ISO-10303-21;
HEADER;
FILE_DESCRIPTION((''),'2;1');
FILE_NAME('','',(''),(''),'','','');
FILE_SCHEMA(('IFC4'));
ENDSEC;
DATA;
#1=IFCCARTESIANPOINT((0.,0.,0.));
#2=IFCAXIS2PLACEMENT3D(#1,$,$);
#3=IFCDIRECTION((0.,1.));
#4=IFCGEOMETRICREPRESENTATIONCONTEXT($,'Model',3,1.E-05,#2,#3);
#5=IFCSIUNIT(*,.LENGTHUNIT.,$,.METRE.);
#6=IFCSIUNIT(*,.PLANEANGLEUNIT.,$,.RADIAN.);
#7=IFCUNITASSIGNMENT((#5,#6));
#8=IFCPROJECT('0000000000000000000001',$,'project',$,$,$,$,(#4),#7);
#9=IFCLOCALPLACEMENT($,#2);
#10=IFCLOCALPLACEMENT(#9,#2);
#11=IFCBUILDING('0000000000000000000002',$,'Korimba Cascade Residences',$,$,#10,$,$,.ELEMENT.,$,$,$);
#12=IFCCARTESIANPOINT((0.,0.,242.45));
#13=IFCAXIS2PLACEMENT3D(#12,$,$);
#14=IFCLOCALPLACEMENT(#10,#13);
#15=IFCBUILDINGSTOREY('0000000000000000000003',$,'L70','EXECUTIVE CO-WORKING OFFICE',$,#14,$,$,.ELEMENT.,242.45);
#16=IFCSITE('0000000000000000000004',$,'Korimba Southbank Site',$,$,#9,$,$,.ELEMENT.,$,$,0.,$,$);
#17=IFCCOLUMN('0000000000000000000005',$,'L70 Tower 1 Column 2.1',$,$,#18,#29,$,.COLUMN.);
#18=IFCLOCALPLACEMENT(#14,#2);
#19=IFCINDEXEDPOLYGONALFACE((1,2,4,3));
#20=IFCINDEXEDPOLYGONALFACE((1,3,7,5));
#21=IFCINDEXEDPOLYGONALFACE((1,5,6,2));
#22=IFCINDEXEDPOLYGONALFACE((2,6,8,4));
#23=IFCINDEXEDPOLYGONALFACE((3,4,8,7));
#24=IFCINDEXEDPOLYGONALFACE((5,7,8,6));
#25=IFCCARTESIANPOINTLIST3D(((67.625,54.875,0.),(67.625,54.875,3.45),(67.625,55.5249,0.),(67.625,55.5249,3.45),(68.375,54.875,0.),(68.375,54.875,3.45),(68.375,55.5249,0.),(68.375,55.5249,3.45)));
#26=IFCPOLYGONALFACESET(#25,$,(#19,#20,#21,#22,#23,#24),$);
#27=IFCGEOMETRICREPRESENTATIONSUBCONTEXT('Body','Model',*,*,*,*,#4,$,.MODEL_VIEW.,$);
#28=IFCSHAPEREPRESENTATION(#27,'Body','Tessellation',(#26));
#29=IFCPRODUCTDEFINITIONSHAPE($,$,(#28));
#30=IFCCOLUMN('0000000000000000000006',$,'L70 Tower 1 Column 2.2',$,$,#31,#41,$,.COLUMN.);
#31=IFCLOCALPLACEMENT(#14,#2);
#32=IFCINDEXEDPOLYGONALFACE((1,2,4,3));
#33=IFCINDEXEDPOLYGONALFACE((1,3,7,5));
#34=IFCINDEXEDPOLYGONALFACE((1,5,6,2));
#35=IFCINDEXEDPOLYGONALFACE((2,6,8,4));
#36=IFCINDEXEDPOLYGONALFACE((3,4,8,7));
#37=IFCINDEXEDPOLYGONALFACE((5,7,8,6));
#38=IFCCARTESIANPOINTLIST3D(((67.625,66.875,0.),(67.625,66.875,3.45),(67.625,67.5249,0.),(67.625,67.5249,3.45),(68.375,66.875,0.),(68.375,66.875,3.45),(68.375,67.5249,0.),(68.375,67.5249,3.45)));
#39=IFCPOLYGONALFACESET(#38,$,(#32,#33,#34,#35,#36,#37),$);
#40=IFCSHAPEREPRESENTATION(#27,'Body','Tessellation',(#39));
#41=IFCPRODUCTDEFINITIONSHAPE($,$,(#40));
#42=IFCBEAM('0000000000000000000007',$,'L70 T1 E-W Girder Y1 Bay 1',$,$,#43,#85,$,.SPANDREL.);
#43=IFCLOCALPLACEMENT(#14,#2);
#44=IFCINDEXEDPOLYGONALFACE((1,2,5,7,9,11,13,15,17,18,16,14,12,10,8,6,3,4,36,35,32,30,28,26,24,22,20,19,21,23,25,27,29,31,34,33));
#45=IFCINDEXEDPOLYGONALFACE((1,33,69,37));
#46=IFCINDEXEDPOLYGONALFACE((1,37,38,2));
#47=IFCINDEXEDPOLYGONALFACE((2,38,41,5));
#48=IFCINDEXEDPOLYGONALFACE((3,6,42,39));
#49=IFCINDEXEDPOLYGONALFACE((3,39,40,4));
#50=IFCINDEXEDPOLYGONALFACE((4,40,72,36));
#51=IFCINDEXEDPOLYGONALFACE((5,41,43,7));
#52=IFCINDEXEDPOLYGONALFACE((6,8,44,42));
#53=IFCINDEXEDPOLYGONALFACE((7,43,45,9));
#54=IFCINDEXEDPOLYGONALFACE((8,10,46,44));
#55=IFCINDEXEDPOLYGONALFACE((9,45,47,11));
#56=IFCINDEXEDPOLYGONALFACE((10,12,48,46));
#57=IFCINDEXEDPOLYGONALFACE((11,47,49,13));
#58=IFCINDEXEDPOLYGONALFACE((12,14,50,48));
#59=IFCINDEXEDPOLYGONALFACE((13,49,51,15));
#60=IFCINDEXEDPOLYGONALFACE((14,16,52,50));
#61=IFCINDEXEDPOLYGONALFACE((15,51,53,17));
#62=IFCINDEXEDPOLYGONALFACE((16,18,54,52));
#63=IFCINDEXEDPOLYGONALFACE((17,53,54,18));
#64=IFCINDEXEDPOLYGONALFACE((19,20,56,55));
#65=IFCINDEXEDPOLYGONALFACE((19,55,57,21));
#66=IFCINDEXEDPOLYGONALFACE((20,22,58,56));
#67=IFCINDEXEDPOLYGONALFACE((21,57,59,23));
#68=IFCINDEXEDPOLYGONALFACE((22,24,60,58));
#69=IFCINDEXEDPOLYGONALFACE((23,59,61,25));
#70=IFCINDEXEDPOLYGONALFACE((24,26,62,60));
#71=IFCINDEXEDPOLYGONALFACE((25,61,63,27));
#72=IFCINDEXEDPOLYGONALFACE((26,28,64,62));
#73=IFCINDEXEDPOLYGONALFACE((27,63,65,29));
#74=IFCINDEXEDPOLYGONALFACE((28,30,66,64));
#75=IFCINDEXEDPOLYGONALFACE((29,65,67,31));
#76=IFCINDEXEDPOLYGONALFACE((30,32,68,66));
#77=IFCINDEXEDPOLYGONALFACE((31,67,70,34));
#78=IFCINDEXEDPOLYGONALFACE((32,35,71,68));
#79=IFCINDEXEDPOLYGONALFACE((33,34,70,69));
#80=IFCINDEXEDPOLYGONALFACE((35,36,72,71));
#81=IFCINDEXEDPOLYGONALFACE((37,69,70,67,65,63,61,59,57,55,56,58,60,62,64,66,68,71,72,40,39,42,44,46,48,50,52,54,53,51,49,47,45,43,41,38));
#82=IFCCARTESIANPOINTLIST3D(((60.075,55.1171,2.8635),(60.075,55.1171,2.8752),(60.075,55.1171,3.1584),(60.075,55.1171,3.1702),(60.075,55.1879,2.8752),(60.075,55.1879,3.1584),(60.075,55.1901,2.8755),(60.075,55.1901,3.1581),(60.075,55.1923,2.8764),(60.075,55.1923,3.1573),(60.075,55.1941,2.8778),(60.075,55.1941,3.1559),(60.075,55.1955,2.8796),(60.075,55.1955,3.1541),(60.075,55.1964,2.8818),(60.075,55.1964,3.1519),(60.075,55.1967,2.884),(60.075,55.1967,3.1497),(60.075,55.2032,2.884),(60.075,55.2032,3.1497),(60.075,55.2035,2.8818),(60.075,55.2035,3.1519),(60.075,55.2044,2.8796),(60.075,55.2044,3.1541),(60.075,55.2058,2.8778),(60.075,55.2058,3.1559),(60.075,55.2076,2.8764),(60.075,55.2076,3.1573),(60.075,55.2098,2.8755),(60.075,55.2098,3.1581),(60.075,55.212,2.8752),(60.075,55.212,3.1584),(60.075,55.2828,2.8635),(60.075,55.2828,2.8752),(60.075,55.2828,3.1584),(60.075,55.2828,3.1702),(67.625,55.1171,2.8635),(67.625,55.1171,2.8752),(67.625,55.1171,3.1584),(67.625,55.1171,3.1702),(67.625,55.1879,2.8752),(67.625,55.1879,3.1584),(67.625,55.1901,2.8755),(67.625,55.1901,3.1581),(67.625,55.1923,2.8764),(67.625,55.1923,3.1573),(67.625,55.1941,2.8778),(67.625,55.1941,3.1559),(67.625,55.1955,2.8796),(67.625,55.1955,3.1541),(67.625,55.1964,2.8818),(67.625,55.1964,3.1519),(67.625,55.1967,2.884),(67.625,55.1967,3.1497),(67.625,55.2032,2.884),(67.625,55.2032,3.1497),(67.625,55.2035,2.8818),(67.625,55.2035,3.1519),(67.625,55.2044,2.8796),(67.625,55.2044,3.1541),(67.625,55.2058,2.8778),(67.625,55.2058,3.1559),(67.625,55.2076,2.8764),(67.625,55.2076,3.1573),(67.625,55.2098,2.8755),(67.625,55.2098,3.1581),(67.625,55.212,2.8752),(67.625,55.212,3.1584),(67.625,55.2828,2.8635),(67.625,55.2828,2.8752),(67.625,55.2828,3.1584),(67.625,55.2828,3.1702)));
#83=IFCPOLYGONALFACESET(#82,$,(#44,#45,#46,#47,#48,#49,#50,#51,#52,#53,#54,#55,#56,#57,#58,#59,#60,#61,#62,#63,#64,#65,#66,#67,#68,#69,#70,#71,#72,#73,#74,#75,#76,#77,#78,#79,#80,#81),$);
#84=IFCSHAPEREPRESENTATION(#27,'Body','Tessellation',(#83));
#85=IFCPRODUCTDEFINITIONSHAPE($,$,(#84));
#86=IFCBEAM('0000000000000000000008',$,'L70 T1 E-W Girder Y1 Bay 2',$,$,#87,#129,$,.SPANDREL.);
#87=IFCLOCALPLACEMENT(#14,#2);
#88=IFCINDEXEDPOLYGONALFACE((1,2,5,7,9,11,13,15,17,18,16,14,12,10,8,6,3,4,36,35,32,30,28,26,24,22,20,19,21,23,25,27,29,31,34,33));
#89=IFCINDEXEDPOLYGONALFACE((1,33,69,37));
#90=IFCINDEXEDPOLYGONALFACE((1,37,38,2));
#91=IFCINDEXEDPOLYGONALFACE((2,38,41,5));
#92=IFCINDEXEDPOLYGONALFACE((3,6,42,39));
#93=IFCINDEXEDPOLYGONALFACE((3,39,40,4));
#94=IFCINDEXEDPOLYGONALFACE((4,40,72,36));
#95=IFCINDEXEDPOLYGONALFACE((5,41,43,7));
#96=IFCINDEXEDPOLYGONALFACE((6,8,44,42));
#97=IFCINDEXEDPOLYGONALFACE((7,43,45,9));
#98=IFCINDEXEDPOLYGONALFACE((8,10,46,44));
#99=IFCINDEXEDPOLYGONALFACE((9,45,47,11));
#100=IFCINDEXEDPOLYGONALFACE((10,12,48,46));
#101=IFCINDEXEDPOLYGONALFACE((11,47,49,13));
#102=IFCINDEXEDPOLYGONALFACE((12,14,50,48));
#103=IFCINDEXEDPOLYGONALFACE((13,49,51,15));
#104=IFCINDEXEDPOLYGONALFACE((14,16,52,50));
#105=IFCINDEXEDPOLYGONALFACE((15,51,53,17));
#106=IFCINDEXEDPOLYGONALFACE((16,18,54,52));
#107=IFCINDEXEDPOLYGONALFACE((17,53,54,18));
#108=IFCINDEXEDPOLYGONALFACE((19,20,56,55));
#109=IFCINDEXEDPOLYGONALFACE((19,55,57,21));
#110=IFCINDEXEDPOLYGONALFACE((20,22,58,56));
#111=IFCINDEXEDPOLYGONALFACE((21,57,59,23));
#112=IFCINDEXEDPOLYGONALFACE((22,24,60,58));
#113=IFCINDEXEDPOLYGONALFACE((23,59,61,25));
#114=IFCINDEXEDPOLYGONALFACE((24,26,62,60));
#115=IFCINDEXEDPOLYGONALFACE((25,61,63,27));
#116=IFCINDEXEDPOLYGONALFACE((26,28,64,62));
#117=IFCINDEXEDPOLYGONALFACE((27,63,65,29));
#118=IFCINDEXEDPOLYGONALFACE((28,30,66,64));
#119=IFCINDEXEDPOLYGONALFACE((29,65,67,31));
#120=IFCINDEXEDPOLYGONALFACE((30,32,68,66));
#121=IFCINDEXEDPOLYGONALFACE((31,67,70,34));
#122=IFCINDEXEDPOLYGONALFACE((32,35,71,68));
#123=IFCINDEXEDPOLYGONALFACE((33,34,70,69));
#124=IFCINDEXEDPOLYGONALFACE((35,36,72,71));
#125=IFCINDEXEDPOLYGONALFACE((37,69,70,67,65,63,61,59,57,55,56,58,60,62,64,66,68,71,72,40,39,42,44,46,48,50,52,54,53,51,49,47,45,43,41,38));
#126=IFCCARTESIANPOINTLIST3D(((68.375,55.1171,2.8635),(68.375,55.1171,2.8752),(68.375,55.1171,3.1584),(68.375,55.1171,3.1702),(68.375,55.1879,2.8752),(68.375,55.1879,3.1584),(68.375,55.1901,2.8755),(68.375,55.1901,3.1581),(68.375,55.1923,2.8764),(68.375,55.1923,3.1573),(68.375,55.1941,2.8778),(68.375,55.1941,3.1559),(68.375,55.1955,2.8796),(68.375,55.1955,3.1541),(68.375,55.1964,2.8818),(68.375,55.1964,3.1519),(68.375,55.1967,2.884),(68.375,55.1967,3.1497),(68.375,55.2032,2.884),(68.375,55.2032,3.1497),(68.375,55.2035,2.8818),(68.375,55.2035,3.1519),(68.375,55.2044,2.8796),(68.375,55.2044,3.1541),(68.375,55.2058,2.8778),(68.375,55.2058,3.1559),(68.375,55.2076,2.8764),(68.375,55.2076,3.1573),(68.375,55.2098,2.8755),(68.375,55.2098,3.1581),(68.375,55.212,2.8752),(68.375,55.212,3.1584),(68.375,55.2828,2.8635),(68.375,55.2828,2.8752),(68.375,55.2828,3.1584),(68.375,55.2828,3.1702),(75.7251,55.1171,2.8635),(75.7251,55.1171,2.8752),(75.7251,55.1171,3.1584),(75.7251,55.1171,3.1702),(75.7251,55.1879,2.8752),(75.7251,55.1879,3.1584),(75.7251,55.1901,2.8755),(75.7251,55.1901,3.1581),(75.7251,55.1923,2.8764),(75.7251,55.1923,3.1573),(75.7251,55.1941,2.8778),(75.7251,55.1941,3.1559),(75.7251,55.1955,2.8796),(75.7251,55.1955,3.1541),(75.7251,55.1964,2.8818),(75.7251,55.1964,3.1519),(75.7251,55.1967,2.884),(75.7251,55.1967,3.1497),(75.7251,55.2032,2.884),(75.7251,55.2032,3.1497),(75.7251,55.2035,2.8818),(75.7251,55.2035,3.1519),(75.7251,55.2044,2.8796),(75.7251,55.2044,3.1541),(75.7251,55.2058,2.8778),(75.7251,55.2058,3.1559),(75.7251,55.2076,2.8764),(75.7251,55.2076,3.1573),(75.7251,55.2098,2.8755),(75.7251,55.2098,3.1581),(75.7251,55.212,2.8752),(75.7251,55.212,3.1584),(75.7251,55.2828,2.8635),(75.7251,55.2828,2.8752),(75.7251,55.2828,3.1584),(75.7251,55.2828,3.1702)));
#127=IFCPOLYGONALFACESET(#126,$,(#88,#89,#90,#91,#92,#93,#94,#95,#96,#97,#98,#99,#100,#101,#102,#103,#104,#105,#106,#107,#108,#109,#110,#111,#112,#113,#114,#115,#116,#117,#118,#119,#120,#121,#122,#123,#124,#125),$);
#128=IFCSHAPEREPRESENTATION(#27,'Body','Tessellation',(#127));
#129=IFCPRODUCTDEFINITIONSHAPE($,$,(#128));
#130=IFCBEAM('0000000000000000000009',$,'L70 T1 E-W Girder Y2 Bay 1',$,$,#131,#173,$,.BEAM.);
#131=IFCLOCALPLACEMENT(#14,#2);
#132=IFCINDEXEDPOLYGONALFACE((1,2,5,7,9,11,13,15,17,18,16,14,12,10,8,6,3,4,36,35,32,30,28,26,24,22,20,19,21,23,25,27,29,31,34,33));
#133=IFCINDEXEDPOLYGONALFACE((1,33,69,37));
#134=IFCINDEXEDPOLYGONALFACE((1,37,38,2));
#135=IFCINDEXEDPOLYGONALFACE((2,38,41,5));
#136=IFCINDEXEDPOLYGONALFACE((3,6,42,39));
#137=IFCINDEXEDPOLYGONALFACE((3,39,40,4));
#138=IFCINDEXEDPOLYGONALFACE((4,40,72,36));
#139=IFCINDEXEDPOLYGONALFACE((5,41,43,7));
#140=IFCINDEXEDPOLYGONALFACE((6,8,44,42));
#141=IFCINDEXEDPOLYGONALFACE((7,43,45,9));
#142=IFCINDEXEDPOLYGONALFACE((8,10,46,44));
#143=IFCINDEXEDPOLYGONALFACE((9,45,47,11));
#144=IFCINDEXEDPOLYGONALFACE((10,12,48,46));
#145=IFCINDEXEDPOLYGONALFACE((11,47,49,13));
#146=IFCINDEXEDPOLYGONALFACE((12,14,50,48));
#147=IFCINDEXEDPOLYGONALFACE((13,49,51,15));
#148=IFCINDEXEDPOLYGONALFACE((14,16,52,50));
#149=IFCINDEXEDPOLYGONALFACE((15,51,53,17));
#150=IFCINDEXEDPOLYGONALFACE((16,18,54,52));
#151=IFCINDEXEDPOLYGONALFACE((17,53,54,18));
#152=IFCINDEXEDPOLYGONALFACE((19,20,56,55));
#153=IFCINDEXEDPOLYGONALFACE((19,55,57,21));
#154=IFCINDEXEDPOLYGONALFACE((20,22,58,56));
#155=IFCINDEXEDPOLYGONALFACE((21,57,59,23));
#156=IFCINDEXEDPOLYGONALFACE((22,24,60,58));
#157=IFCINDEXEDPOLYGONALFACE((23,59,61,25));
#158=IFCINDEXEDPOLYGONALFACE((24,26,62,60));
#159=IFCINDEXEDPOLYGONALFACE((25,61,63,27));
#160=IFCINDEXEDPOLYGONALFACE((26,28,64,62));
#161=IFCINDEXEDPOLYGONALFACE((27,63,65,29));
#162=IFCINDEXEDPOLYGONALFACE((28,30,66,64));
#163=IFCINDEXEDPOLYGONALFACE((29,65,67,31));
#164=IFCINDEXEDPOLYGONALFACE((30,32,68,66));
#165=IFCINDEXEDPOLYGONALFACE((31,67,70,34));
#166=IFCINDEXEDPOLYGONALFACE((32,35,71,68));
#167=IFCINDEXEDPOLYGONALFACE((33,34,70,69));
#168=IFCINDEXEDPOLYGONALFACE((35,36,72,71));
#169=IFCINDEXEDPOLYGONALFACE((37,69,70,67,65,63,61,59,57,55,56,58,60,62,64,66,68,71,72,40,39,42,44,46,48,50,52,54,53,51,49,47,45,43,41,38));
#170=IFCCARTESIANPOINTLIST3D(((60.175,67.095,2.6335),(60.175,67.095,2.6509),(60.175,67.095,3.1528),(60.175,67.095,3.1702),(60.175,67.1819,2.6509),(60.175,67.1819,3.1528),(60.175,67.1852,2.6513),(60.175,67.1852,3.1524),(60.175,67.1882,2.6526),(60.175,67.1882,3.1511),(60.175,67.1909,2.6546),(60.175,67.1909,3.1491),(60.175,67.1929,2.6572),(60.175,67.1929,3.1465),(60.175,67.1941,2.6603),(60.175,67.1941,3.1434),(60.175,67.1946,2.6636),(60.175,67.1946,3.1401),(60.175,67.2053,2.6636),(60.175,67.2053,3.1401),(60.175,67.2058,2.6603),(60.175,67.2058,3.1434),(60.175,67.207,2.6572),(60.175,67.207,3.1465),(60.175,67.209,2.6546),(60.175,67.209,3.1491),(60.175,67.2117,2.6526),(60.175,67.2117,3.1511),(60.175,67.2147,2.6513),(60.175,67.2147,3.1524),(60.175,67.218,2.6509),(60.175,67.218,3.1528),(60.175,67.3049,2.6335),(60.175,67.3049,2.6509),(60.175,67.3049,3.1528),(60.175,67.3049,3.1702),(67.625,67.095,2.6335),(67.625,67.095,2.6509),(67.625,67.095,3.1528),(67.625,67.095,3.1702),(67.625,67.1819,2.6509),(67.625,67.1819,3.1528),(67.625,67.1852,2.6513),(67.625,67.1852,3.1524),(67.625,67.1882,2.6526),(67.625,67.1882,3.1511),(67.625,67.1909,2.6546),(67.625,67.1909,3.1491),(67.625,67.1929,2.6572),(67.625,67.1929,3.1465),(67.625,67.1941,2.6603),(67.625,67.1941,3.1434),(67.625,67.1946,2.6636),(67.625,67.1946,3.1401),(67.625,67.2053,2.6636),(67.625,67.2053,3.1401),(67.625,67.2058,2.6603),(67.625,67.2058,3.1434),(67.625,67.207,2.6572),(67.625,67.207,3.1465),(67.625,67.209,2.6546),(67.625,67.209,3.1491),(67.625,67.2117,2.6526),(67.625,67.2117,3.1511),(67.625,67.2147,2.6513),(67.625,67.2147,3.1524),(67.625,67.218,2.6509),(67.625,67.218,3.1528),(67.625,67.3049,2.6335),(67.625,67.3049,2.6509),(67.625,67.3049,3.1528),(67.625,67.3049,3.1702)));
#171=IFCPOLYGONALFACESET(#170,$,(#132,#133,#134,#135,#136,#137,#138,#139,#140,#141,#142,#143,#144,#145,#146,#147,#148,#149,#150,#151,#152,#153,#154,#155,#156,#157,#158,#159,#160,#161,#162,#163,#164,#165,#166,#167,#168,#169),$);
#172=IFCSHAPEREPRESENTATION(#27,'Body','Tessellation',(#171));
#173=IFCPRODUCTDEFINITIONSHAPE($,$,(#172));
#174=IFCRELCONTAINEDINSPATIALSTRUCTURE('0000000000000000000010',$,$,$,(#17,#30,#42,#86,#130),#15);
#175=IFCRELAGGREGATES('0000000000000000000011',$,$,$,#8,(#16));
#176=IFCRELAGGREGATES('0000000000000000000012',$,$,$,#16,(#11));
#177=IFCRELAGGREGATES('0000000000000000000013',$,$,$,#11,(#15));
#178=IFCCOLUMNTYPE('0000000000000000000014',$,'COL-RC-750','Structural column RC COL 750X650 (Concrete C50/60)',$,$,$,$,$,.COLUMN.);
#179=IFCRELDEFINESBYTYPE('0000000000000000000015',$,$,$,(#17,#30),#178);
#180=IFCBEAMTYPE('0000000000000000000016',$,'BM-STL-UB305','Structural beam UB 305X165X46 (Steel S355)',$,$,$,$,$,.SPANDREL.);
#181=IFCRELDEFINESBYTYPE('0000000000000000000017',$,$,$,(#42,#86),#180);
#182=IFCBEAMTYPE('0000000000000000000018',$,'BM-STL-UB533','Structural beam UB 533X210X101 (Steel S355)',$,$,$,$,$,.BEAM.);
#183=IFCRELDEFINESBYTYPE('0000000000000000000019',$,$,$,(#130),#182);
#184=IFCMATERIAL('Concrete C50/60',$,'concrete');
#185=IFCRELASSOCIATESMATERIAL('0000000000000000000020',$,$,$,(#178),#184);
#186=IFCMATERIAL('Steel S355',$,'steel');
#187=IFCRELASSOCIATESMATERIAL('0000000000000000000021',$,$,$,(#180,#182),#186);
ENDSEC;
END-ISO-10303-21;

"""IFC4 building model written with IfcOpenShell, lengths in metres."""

from ifc_helpers import new_model, si_unit, direction, frame, origin, origin_2d, place, context, subcontext, project, spatial, rectangle, i_section, extrude, material, material_profile, profile_set, type_object, element, save


model = new_model("IFC4")

# Units and contexts
model_context = context("Model", 3, precision=1e-05, world=origin(), true_north=direction((0.0, 1.0)))
body_context = subcontext(model_context, "Body", "Model", "MODEL_VIEW")
ifc_project = project(units=[si_unit("LENGTHUNIT", "METRE"), si_unit("PLANEANGLEUNIT", "RADIAN")], contexts=[model_context])

# Site, building, storey
site_placement = place(None, origin())
site = spatial("IfcSite", under=ifc_project, at=site_placement, Name="Korimba Southbank Site", CompositionType="ELEMENT", RefElevation=0.0)
building_placement = place(site_placement, origin())
building = spatial("IfcBuilding", under=site, at=building_placement, Name="Korimba Cascade Residences", CompositionType="ELEMENT")
storey_placement = place(building_placement, frame((0.0, 0.0, 242.45)))
storey = spatial("IfcBuildingStorey", under=building, at=storey_placement, Name="L70", Description="EXECUTIVE CO-WORKING OFFICE", CompositionType="ELEMENT", Elevation=242.45)

# Columns
ifc_material_1 = material(Name="Concrete C50/60", Category="concrete")
ifc_material_profile_1 = material_profile(ifc_material_1, rectangle(XDim=0.75, YDim=0.6499, at=origin_2d()), Name="Concrete C50/60")
ifc_profile_set_1 = profile_set([ifc_material_profile_1], Name="Concrete C50/60")
column_type = type_object("IfcColumnType", Name="COL-RC-750", Description="Structural column RC COL 750X650 (Concrete C50/60)", PredefinedType="COLUMN", material=ifc_profile_set_1)
for number, where, z_axis, x_axis, name in (
    (1, (68.0, 55.2, 0.0), (0.0, 0.0, 1.0), (1.0, 0.0, 0.0), "L70 Tower 1 Column 2.1"),
    (2, (68.0, 67.2, 0.0), (0.0, 0.0, 1.0), (1.0, 0.0, 0.0), "L70 Tower 1 Column 2.2"),
):
    element("IfcColumn", number, at=place(storey_placement, frame(where, z_axis=z_axis, x_axis=x_axis)), inside=storey, type_object=column_type, Name=name, PredefinedType="COLUMN", context=body_context, shape_type="SweptSolid", body=[
        extrude(rectangle(XDim=0.75, YDim=0.6499, at=origin_2d()), origin(), (0.0, 0.0, 1.0), 3.45),
    ])

# Beams
ifc_material_2 = material(Name="Steel S355", Category="steel")
ifc_material_profile_2 = material_profile(ifc_material_2, i_section(OverallWidth=0.1658, OverallDepth=0.3066, WebThickness=0.0066, FlangeThickness=0.0117, FilletRadius=0.0088, at=origin_2d()), Name="Steel S355")
ifc_profile_set_2 = profile_set([ifc_material_profile_2], Name="Steel S355")
beam_type_1 = type_object("IfcBeamType", Name="BM-STL-UB305", Description="Structural beam UB 305X165X46 (Steel S355)", PredefinedType="SPANDREL", material=ifc_profile_set_2)
beam_1_placement = place(storey_placement, frame((60.075, 55.2, 3.0168), z_axis=(1.0, 0.0, 0.0), x_axis=(0.0, 1.0, 0.0)))
element("IfcBeam", 3, at=beam_1_placement, inside=storey, type_object=beam_type_1, Name="L70 T1 E-W Girder Y1 Bay 1", PredefinedType="SPANDREL", context=body_context, shape_type="SweptSolid", body=[
    extrude(i_section(OverallWidth=0.1658, OverallDepth=0.3066, WebThickness=0.0066, FlangeThickness=0.0117, FilletRadius=0.0088, at=origin_2d()), origin(), (0.0, 0.0, 1.0), 7.55),
])
beam_2_placement = place(storey_placement, frame((68.375, 55.2, 3.0168), z_axis=(1.0, 0.0, 0.0), x_axis=(0.0, 1.0, 0.0)))
element("IfcBeam", 4, at=beam_2_placement, inside=storey, type_object=beam_type_1, Name="L70 T1 E-W Girder Y1 Bay 2", PredefinedType="SPANDREL", context=body_context, shape_type="SweptSolid", body=[
    extrude(i_section(OverallWidth=0.1658, OverallDepth=0.3066, WebThickness=0.0066, FlangeThickness=0.0117, FilletRadius=0.0088, at=origin_2d()), origin(), (0.0, 0.0, 1.0), 7.3501),
])
ifc_material_profile_3 = material_profile(ifc_material_2, i_section(OverallWidth=0.21, OverallDepth=0.5366, WebThickness=0.0107, FlangeThickness=0.0173, FilletRadius=0.0127, at=origin_2d()), Name="Steel S355")
ifc_profile_set_3 = profile_set([ifc_material_profile_3], Name="Steel S355")
beam_type_2 = type_object("IfcBeamType", Name="BM-STL-UB533", Description="Structural beam UB 533X210X101 (Steel S355)", PredefinedType="BEAM", material=ifc_profile_set_3)
beam_3_placement = place(storey_placement, frame((60.175, 67.2, 2.9019), z_axis=(1.0, 0.0, 0.0), x_axis=(0.0, 1.0, 0.0)))
element("IfcBeam", 5, at=beam_3_placement, inside=storey, type_object=beam_type_2, Name="L70 T1 E-W Girder Y2 Bay 1", PredefinedType="BEAM", context=body_context, shape_type="SweptSolid", body=[
    extrude(i_section(OverallWidth=0.21, OverallDepth=0.5366, WebThickness=0.0107, FlangeThickness=0.0173, FilletRadius=0.0127, at=origin_2d()), origin(), (0.0, 0.0, 1.0), 7.45),
])

save(model, "model.ifc")
